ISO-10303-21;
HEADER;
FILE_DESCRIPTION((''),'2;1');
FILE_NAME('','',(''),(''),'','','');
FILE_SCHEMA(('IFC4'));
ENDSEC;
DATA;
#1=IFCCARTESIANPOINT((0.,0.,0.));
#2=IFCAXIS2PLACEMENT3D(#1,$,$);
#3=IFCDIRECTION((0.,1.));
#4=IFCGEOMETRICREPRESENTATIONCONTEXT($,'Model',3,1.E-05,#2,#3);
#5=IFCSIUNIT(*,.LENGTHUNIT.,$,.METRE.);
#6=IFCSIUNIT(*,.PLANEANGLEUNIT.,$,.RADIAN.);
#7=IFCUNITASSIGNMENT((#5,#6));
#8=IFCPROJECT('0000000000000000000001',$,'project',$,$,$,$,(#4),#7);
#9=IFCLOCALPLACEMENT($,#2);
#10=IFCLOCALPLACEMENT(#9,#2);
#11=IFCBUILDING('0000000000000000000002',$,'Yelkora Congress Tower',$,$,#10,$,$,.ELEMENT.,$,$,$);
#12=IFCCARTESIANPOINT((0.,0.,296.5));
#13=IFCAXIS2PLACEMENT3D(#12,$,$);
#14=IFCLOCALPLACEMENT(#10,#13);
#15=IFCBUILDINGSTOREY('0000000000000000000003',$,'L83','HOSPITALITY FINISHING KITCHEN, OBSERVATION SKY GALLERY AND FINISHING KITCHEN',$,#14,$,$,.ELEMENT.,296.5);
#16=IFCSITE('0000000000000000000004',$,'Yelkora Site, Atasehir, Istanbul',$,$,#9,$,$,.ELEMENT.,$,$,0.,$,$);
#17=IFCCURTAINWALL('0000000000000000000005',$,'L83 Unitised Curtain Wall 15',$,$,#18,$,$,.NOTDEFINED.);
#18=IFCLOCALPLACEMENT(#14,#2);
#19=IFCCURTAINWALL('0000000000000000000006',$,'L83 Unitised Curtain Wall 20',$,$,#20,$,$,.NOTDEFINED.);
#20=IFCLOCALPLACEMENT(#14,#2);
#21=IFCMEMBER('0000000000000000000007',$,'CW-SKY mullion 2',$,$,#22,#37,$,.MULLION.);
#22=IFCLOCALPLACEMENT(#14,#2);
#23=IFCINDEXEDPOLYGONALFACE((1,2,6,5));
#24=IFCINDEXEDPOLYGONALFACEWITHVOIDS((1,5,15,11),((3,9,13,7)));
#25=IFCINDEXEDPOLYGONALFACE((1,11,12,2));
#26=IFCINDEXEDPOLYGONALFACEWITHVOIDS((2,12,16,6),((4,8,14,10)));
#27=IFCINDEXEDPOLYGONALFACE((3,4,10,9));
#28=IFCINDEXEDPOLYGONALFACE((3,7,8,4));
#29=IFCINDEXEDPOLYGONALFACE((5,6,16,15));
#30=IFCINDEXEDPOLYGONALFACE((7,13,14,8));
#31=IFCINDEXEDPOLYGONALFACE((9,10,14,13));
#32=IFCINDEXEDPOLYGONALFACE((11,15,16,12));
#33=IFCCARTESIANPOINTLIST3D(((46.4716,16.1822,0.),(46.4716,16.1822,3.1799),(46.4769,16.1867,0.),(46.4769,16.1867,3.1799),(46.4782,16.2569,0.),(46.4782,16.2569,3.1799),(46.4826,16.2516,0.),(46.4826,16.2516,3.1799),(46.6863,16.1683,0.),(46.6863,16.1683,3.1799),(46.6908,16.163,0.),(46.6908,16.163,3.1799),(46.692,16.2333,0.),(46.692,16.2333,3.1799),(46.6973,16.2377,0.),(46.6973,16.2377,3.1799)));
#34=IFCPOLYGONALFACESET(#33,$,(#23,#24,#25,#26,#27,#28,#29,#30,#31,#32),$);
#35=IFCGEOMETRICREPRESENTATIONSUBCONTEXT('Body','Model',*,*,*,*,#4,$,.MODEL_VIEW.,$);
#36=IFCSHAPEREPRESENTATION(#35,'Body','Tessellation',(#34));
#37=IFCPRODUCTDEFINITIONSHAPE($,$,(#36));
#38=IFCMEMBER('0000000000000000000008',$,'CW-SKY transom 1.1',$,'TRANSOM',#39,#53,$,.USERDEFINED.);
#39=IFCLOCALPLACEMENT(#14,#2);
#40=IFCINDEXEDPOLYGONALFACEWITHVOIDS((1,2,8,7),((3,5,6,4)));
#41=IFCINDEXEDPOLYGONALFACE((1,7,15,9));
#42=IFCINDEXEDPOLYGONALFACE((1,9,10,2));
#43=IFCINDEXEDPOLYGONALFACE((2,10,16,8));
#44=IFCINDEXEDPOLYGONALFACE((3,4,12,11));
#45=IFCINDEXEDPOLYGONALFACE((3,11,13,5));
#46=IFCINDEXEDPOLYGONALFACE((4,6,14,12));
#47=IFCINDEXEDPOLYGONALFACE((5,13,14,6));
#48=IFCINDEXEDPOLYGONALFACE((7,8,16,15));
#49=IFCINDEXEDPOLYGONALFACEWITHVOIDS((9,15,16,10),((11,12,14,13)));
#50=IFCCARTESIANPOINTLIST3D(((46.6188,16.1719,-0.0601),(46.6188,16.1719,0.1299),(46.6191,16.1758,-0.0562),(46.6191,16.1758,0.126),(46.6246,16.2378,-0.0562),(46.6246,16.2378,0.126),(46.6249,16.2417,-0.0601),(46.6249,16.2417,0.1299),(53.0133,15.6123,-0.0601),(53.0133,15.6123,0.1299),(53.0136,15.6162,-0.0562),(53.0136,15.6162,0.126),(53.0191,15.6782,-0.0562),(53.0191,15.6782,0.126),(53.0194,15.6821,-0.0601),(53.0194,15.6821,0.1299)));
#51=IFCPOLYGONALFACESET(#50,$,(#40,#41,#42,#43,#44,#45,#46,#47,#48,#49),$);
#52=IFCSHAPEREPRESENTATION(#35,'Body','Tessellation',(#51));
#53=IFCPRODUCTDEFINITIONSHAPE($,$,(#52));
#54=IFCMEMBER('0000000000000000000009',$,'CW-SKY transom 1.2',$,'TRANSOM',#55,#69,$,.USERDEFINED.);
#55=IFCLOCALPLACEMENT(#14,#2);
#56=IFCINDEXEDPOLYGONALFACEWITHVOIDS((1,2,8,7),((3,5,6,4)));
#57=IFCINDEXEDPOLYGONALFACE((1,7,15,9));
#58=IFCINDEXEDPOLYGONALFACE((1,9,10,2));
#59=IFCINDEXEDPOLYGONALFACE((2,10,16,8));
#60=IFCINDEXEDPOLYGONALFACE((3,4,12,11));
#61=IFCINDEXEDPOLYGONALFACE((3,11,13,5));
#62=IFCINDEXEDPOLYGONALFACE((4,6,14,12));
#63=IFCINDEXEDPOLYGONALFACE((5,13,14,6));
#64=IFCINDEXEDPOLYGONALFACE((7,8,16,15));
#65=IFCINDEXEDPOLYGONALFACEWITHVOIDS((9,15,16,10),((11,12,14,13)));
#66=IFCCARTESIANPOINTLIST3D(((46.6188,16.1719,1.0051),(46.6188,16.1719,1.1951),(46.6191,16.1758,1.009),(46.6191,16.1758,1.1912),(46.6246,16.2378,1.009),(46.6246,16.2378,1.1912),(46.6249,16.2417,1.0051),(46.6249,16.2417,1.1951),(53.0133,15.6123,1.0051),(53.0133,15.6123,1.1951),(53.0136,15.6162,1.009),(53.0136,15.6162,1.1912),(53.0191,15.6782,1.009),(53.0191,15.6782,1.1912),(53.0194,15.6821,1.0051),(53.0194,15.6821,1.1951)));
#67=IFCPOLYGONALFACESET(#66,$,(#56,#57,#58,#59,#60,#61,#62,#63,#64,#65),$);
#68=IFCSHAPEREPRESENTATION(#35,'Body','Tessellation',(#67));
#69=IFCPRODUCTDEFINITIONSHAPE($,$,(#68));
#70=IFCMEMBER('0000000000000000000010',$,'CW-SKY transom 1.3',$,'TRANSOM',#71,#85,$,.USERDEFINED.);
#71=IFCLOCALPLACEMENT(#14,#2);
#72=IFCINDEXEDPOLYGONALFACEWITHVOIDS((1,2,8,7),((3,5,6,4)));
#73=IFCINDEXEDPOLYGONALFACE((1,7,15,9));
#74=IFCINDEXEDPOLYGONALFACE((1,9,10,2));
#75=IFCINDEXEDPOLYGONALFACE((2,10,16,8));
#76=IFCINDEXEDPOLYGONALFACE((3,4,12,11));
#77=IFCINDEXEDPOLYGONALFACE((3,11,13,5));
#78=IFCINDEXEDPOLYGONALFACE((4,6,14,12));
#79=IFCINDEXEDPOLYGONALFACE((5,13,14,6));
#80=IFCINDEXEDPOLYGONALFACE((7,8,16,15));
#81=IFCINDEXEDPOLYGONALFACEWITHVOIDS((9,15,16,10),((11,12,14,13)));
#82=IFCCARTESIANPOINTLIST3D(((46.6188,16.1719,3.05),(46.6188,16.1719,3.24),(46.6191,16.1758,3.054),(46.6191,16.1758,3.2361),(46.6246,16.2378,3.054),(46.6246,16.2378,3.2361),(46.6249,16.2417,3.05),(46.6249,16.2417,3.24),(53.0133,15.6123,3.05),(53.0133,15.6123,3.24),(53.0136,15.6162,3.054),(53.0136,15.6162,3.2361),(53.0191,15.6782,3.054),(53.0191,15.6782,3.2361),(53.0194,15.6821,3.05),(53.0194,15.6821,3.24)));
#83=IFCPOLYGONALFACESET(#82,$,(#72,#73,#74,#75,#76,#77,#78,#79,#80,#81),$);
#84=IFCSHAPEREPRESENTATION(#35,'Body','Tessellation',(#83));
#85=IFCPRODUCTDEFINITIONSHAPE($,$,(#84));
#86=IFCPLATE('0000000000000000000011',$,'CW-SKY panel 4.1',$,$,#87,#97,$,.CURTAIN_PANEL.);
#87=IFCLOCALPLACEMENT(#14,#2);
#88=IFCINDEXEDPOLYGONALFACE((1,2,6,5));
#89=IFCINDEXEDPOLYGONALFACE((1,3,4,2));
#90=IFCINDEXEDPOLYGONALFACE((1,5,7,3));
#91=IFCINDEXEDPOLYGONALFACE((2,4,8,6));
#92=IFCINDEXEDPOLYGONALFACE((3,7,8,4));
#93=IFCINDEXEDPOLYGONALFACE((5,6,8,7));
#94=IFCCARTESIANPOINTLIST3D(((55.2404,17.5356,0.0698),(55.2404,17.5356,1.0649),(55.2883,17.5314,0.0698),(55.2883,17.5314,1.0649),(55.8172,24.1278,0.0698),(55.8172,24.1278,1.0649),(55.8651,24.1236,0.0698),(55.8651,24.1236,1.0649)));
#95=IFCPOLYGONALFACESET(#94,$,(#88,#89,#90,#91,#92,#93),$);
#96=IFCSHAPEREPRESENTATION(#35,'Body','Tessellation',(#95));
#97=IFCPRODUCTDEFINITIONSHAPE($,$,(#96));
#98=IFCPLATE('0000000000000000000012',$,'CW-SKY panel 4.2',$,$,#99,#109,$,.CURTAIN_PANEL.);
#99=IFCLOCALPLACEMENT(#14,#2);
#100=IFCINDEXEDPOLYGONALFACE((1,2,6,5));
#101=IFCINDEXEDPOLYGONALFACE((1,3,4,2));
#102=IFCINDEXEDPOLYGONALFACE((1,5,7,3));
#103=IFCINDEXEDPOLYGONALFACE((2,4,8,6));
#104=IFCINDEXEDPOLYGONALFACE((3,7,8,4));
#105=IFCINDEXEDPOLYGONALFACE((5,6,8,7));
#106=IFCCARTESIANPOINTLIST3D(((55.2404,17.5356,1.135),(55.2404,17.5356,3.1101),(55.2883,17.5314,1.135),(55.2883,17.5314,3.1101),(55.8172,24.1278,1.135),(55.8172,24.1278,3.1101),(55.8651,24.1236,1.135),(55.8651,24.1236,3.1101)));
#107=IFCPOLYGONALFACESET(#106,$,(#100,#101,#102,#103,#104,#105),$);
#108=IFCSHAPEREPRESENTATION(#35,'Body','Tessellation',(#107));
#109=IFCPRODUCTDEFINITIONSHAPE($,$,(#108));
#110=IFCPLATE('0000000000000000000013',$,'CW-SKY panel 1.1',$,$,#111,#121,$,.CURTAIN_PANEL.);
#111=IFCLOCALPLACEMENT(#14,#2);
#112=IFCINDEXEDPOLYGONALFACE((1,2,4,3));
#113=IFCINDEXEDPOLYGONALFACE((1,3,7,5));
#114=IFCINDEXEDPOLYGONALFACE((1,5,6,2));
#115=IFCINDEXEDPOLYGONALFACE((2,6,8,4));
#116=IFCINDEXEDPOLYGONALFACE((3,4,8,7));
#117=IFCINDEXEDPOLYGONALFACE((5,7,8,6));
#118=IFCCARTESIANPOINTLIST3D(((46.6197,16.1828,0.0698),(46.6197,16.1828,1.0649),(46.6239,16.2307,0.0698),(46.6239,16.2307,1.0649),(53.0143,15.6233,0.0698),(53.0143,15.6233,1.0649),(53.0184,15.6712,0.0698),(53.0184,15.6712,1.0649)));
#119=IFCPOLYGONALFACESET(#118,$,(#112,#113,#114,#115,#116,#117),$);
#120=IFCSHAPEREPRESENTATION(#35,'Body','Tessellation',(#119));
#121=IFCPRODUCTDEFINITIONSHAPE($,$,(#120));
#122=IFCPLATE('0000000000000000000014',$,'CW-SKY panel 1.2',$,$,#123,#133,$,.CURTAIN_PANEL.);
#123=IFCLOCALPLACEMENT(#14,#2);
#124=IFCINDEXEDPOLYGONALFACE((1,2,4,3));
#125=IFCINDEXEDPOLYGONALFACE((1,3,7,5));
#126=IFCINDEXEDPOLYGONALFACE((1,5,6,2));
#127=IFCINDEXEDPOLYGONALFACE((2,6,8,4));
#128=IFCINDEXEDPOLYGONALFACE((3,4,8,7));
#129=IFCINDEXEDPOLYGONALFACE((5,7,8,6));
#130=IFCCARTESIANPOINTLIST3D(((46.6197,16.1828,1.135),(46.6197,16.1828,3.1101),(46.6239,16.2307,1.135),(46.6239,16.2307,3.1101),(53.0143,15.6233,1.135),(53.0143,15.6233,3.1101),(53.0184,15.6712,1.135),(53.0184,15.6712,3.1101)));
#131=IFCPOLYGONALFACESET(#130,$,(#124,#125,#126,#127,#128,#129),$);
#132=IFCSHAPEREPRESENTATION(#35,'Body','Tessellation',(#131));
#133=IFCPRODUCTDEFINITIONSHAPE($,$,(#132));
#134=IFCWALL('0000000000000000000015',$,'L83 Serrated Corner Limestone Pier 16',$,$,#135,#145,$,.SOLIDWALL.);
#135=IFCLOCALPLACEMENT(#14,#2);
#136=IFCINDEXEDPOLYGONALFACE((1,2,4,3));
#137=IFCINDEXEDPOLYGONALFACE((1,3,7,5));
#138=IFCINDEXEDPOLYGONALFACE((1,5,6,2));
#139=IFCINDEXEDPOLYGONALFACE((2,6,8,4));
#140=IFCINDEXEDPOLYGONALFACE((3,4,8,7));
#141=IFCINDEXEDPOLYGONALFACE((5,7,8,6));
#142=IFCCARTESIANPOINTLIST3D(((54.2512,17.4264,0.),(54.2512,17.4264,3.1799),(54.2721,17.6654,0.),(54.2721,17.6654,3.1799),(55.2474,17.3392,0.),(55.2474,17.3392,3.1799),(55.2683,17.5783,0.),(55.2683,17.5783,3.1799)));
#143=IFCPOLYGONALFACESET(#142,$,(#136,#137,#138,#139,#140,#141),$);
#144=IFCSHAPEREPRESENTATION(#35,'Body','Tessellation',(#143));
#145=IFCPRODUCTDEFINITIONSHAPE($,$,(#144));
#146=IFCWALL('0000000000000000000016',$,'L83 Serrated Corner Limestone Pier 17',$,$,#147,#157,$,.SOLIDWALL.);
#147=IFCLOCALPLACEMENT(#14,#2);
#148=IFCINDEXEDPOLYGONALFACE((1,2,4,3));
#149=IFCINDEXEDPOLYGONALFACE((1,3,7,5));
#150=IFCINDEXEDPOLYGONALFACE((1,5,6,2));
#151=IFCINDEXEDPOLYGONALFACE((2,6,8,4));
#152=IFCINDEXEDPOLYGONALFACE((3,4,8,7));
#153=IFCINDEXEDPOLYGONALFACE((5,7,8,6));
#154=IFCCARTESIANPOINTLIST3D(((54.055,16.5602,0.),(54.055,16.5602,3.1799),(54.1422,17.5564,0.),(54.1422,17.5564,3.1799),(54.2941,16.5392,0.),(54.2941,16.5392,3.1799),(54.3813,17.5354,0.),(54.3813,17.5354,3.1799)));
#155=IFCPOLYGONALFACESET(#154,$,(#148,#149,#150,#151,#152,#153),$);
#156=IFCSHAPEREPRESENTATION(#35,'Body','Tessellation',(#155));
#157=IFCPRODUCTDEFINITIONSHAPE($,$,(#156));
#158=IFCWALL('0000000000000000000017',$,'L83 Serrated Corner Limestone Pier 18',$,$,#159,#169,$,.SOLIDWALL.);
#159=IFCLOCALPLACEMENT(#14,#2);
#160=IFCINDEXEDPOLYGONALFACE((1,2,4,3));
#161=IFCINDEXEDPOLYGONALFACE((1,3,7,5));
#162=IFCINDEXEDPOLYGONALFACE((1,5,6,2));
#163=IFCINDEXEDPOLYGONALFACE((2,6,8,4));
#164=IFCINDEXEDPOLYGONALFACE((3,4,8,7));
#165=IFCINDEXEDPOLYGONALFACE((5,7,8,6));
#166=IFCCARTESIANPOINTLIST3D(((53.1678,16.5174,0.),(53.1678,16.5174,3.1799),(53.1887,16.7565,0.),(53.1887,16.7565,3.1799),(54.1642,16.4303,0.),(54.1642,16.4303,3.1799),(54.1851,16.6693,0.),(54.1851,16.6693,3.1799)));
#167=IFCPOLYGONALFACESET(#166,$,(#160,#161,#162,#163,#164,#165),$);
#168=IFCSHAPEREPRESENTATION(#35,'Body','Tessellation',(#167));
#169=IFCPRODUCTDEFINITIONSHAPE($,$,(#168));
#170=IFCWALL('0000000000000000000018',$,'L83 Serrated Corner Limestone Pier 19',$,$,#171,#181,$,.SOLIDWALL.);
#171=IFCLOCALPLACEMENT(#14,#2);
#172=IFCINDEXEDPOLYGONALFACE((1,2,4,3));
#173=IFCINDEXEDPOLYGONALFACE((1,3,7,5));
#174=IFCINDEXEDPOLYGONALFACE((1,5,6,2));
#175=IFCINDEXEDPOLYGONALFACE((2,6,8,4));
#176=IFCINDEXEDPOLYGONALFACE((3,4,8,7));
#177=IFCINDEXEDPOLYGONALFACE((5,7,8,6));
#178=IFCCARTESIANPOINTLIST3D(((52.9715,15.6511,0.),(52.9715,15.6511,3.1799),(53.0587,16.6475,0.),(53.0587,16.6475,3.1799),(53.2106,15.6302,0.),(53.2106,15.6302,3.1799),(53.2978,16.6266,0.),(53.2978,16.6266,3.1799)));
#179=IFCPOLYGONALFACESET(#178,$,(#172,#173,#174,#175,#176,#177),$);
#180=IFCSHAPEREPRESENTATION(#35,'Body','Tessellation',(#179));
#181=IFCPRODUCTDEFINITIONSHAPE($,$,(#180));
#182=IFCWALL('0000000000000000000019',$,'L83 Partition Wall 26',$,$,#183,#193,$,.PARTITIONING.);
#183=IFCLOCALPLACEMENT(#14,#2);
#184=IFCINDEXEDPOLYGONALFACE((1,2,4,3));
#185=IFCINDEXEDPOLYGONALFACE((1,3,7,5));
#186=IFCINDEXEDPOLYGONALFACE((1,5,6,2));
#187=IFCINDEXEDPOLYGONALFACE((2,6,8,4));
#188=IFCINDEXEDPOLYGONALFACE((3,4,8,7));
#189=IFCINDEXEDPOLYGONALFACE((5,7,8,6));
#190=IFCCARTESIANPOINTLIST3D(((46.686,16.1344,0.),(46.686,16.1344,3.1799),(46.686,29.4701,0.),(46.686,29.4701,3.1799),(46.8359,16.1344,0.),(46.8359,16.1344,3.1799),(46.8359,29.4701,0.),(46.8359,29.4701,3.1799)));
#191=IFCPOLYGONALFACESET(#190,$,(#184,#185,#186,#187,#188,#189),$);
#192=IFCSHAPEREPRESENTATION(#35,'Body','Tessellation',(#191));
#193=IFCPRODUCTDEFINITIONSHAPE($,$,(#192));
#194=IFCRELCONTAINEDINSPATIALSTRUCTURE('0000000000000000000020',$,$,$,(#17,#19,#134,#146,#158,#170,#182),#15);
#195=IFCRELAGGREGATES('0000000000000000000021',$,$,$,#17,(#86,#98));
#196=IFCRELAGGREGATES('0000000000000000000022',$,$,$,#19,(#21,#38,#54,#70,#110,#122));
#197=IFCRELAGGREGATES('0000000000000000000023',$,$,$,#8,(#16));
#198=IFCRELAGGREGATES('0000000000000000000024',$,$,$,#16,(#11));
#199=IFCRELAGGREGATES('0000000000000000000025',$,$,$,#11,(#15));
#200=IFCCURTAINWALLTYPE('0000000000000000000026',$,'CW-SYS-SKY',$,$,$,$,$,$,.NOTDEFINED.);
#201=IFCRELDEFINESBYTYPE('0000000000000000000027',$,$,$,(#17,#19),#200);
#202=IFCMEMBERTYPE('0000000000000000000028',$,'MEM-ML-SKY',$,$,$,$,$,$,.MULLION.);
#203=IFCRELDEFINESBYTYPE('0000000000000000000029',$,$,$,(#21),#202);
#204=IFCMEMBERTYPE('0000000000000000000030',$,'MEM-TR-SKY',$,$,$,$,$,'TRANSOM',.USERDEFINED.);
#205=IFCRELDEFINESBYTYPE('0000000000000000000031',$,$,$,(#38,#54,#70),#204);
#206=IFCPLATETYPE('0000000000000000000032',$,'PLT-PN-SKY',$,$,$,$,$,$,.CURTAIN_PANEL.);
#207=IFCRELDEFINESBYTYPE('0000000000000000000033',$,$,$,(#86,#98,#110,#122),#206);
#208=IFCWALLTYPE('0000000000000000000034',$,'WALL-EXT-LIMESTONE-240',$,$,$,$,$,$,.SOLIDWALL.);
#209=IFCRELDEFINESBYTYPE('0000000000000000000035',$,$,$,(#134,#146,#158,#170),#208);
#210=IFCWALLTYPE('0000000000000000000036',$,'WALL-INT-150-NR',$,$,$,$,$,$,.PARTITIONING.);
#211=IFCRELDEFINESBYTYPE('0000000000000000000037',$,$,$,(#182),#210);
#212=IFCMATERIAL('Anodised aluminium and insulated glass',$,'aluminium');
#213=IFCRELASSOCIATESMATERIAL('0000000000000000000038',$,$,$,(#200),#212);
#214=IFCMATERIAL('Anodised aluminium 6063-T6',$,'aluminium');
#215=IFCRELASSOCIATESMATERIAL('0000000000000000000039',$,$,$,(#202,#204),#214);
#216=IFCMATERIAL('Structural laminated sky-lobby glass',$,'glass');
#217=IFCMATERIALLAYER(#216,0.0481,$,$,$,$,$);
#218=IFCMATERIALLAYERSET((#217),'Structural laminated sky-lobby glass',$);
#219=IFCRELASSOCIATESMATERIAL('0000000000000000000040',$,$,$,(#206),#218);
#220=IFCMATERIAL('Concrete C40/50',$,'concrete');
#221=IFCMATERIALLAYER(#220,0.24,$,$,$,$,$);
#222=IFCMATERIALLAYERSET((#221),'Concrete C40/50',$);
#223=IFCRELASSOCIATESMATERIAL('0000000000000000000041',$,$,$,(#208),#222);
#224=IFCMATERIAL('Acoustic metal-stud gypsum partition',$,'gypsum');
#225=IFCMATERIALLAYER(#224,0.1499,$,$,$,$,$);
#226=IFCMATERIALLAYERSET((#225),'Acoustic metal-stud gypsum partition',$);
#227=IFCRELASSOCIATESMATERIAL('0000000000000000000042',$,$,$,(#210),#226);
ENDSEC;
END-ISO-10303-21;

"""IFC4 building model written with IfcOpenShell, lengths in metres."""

from ifc_helpers import new_model, si_unit, direction, frame, frame_2d, origin, origin_2d, place, context, subcontext, project, spatial, rectangle, hollow_rectangle, extrude, material, layer, layer_set, material_profile, profile_set, type_object, element, aggregate, save


model = new_model("IFC4")

# Units and contexts
model_context = context("Model", 3, precision=1e-05, world=origin(), true_north=direction((0.0, 1.0)))
body_context = subcontext(model_context, "Body", "Model", "MODEL_VIEW")
ifc_project = project(units=[si_unit("LENGTHUNIT", "METRE"), si_unit("PLANEANGLEUNIT", "RADIAN")], contexts=[model_context])

# Site, building, storey
site_placement = place(None, origin())
site = spatial("IfcSite", under=ifc_project, at=site_placement, Name="Yelkora Site, Atasehir, Istanbul", CompositionType="ELEMENT", RefElevation=0.0)
building_placement = place(site_placement, origin())
building = spatial("IfcBuilding", under=site, at=building_placement, Name="Yelkora Congress Tower", CompositionType="ELEMENT")
storey_placement = place(building_placement, frame((0.0, 0.0, 296.5)))
storey = spatial("IfcBuildingStorey", under=building, at=storey_placement, Name="L83", Description="HOSPITALITY FINISHING KITCHEN, OBSERVATION SKY GALLERY AND FINISHING KITCHEN", CompositionType="ELEMENT", Elevation=296.5)

# Curtain wall
ifc_material_1 = material(Name="Anodised aluminium and insulated glass", Category="aluminium")
curtain_wall_type = type_object("IfcCurtainWallType", Name="CW-SYS-SKY", PredefinedType="NOTDEFINED", material=ifc_material_1)
curtain_wall_1_placement = place(storey_placement, origin())
curtain_wall_1 = element("IfcCurtainWall", 1, at=curtain_wall_1_placement, inside=storey, type_object=curtain_wall_type, Name="L83 Unitised Curtain Wall 15", PredefinedType="NOTDEFINED")
ifc_material_2 = material(Name="Anodised aluminium 6063-T6", Category="aluminium")
ifc_material_profile_1 = material_profile(ifc_material_2, hollow_rectangle(XDim=0.075, YDim=0.22, WallThickness=0.0049, at=origin_2d()), Name="ALU 75x220x5")
ifc_profile_set_1 = profile_set([ifc_material_profile_1], Name="Anodised aluminium 6063-T6")
member_type_1 = type_object("IfcMemberType", Name="MEM-ML-SKY", PredefinedType="MULLION", material=ifc_profile_set_1)

# Curtain wall, members
curtain_wall_2_placement = place(storey_placement, origin())
curtain_wall_2 = element("IfcCurtainWall", 2, at=curtain_wall_2_placement, inside=storey, type_object=curtain_wall_type, Name="L83 Unitised Curtain Wall 20", PredefinedType="NOTDEFINED")
member_1_placement = place(storey_placement, frame((46.5845, 16.21, 0.0), z_axis=(0.0, 0.0, 1.0), x_axis=(-0.087157, -0.996195, 0.0)))
member_1 = element("IfcMember", 3, at=member_1_placement, type_object=member_type_1, Name="CW-SKY mullion 2", PredefinedType="MULLION", context=body_context, shape_type="SweptSolid", body=[
    extrude(hollow_rectangle(XDim=0.075, YDim=0.22, WallThickness=0.0049, at=origin_2d()), origin(), (0.0, 0.0, 1.0), 3.1799),
])
ifc_material_profile_2 = material_profile(ifc_material_2, hollow_rectangle(XDim=0.0701, YDim=0.1899, WallThickness=0.0039, at=origin_2d()), Name="ALU 70x190x4")
ifc_profile_set_2 = profile_set([ifc_material_profile_2], Name="Anodised aluminium 6063-T6")
member_type_2 = type_object("IfcMemberType", Name="MEM-TR-SKY", ElementType="TRANSOM", PredefinedType="USERDEFINED", material=ifc_profile_set_2)
member_2_placement = place(storey_placement, frame((53.0164, 15.6472, 0.0349), z_axis=(-0.996193, 0.087174, 0.0), x_axis=(-0.087174, -0.996193, 0.0)))
member_2 = element("IfcMember", 4, at=member_2_placement, type_object=member_type_2, Name="CW-SKY transom 1.1", ObjectType="TRANSOM", PredefinedType="USERDEFINED", context=body_context, shape_type="SweptSolid", body=[
    extrude(hollow_rectangle(XDim=0.0701, YDim=0.1899, WallThickness=0.0039, at=origin_2d()), origin(), (0.0, 0.0, 1.0), 6.4189),
])
member_3_placement = place(storey_placement, frame((53.0164, 15.6472, 1.1001), z_axis=(-0.996193, 0.087174, 0.0), x_axis=(-0.087174, -0.996193, 0.0)))
member_3 = element("IfcMember", 5, at=member_3_placement, type_object=member_type_2, Name="CW-SKY transom 1.2", ObjectType="TRANSOM", PredefinedType="USERDEFINED", context=body_context, shape_type="SweptSolid", body=[
    extrude(hollow_rectangle(XDim=0.0701, YDim=0.1899, WallThickness=0.0039, at=origin_2d()), origin(), (0.0, 0.0, 1.0), 6.4189),
])
member_4_placement = place(storey_placement, frame((53.0164, 15.6472, 3.145), z_axis=(-0.996193, 0.087174, 0.0), x_axis=(-0.087174, -0.996193, 0.0)))
member_4 = element("IfcMember", 6, at=member_4_placement, type_object=member_type_2, Name="CW-SKY transom 1.3", ObjectType="TRANSOM", PredefinedType="USERDEFINED", context=body_context, shape_type="SweptSolid", body=[
    extrude(hollow_rectangle(XDim=0.0701, YDim=0.1899, WallThickness=0.0039, at=origin_2d()), origin(), (0.0, 0.0, 1.0), 6.4189),
])

# Plates
ifc_material_3 = material(Name="Structural laminated sky-lobby glass", Category="glass")
ifc_layer_1 = layer(ifc_material_3, 0.0481)
ifc_layer_set_1 = layer_set([ifc_layer_1], Name="Structural laminated sky-lobby glass")
plate_type = type_object("IfcPlateType", Name="PLT-PN-SKY", PredefinedType="CURTAIN_PANEL", material=ifc_layer_set_1)
plate_1_placement = place(storey_placement, frame((55.5527, 20.8296, 0.0698), z_axis=(0.0, 0.0, 1.0), x_axis=(-0.087158, -0.996194, 0.0)))
plate_1 = element("IfcPlate", 7, at=plate_1_placement, type_object=plate_type, Name="CW-SKY panel 4.1", PredefinedType="CURTAIN_PANEL", context=body_context, shape_type="SweptSolid", body=[
    extrude(rectangle(XDim=6.6174, YDim=0.0481, at=origin_2d()), origin(), (0.0, 0.0, 1.0), 0.9951),
])
plate_2_placement = place(storey_placement, frame((55.5527, 20.8296, 1.135), z_axis=(0.0, 0.0, 1.0), x_axis=(-0.087158, -0.996194, 0.0)))
plate_2 = element("IfcPlate", 8, at=plate_2_placement, type_object=plate_type, Name="CW-SKY panel 4.2", PredefinedType="CURTAIN_PANEL", context=body_context, shape_type="SweptSolid", body=[
    extrude(rectangle(XDim=6.6174, YDim=0.0481, at=origin_2d()), origin(), (0.0, 0.0, 1.0), 1.9751),
])
aggregate(curtain_wall_1, [plate_1, plate_2])
plate_3_placement = place(storey_placement, frame((49.8191, 15.927, 0.0698), z_axis=(0.0, 0.0, 1.0), x_axis=(-0.996195, 0.087157, 0.0)))
plate_3 = element("IfcPlate", 9, at=plate_3_placement, type_object=plate_type, Name="CW-SKY panel 1.1", PredefinedType="CURTAIN_PANEL", context=body_context, shape_type="SweptSolid", body=[
    extrude(rectangle(XDim=6.4189, YDim=0.0481, at=origin_2d()), origin(), (0.0, 0.0, 1.0), 0.9951),
])
plate_4_placement = place(storey_placement, frame((49.8191, 15.927, 1.135), z_axis=(0.0, 0.0, 1.0), x_axis=(-0.996195, 0.087157, 0.0)))
plate_4 = element("IfcPlate", 10, at=plate_4_placement, type_object=plate_type, Name="CW-SKY panel 1.2", PredefinedType="CURTAIN_PANEL", context=body_context, shape_type="SweptSolid", body=[
    extrude(rectangle(XDim=6.4189, YDim=0.0481, at=origin_2d()), origin(), (0.0, 0.0, 1.0), 1.9751),
])
aggregate(curtain_wall_2, [member_1, member_2, member_3, member_4, plate_3, plate_4])

# Walls
ifc_material_4 = material(Name="Concrete C40/50", Category="concrete")
ifc_layer_2 = layer(ifc_material_4, 0.24)
ifc_layer_set_2 = layer_set([ifc_layer_2], Name="Concrete C40/50")
wall_type_1 = type_object("IfcWallType", Name="WALL-EXT-LIMESTONE-240", PredefinedType="SOLIDWALL", material=ifc_layer_set_2)
for number, where, z_axis, x_axis, name in (
    (11, (55.2578, 17.4587, 0.0), (0.0, 0.0, 1.0), (-0.996194, 0.087167, 0.0), "L83 Serrated Corner Limestone Pier 16"),
    (12, (54.2617, 17.5459, 0.0), (0.0, 0.0, 1.0), (-0.087167, -0.996194, 0.0), "L83 Serrated Corner Limestone Pier 17"),
):
    element("IfcWall", number, at=place(storey_placement, frame(where, z_axis=z_axis, x_axis=x_axis)), inside=storey, type_object=wall_type_1, Name=name, PredefinedType="SOLIDWALL", context=body_context, shape_type="SweptSolid", body=[
        extrude(rectangle(XDim=1.0, YDim=0.24, at=frame_2d((0.5, 0.0))), origin(), (0.0, 0.0, 1.0), 3.1799),
    ])
for number, where, z_axis, x_axis, name in (
    (13, (54.1746, 16.5498, 0.0), (0.0, 0.0, 1.0), (-0.996196, 0.087146, 0.0), "L83 Serrated Corner Limestone Pier 18"),
    (14, (53.1782, 16.637, 0.0), (0.0, 0.0, 1.0), (-0.087146, -0.996196, 0.0), "L83 Serrated Corner Limestone Pier 19"),
):
    element("IfcWall", number, at=place(storey_placement, frame(where, z_axis=z_axis, x_axis=x_axis)), inside=storey, type_object=wall_type_1, Name=name, PredefinedType="SOLIDWALL", context=body_context, shape_type="SweptSolid", body=[
        extrude(rectangle(XDim=1.0002, YDim=0.24, at=frame_2d((0.5, 0.0))), origin(), (0.0, 0.0, 1.0), 3.1799),
    ])
ifc_material_5 = material(Name="Acoustic metal-stud gypsum partition", Category="gypsum")
ifc_layer_3 = layer(ifc_material_5, 0.1499)
ifc_layer_set_3 = layer_set([ifc_layer_3], Name="Acoustic metal-stud gypsum partition")
wall_type_2 = type_object("IfcWallType", Name="WALL-INT-150-NR", PredefinedType="PARTITIONING", material=ifc_layer_set_3)
wall_placement = place(storey_placement, frame((46.761, 16.1343, 0.0), z_axis=(0.0, 0.0, 1.0), x_axis=(0.0, 1.0, 0.0)))
element("IfcWall", 15, at=wall_placement, inside=storey, type_object=wall_type_2, Name="L83 Partition Wall 26", PredefinedType="PARTITIONING", context=body_context, shape_type="SweptSolid", body=[
    extrude(rectangle(XDim=13.3357, YDim=0.1499, at=frame_2d((6.668, 0.0))), origin(), (0.0, 0.0, 1.0), 3.1799),
])

save(model, "model.ifc")
